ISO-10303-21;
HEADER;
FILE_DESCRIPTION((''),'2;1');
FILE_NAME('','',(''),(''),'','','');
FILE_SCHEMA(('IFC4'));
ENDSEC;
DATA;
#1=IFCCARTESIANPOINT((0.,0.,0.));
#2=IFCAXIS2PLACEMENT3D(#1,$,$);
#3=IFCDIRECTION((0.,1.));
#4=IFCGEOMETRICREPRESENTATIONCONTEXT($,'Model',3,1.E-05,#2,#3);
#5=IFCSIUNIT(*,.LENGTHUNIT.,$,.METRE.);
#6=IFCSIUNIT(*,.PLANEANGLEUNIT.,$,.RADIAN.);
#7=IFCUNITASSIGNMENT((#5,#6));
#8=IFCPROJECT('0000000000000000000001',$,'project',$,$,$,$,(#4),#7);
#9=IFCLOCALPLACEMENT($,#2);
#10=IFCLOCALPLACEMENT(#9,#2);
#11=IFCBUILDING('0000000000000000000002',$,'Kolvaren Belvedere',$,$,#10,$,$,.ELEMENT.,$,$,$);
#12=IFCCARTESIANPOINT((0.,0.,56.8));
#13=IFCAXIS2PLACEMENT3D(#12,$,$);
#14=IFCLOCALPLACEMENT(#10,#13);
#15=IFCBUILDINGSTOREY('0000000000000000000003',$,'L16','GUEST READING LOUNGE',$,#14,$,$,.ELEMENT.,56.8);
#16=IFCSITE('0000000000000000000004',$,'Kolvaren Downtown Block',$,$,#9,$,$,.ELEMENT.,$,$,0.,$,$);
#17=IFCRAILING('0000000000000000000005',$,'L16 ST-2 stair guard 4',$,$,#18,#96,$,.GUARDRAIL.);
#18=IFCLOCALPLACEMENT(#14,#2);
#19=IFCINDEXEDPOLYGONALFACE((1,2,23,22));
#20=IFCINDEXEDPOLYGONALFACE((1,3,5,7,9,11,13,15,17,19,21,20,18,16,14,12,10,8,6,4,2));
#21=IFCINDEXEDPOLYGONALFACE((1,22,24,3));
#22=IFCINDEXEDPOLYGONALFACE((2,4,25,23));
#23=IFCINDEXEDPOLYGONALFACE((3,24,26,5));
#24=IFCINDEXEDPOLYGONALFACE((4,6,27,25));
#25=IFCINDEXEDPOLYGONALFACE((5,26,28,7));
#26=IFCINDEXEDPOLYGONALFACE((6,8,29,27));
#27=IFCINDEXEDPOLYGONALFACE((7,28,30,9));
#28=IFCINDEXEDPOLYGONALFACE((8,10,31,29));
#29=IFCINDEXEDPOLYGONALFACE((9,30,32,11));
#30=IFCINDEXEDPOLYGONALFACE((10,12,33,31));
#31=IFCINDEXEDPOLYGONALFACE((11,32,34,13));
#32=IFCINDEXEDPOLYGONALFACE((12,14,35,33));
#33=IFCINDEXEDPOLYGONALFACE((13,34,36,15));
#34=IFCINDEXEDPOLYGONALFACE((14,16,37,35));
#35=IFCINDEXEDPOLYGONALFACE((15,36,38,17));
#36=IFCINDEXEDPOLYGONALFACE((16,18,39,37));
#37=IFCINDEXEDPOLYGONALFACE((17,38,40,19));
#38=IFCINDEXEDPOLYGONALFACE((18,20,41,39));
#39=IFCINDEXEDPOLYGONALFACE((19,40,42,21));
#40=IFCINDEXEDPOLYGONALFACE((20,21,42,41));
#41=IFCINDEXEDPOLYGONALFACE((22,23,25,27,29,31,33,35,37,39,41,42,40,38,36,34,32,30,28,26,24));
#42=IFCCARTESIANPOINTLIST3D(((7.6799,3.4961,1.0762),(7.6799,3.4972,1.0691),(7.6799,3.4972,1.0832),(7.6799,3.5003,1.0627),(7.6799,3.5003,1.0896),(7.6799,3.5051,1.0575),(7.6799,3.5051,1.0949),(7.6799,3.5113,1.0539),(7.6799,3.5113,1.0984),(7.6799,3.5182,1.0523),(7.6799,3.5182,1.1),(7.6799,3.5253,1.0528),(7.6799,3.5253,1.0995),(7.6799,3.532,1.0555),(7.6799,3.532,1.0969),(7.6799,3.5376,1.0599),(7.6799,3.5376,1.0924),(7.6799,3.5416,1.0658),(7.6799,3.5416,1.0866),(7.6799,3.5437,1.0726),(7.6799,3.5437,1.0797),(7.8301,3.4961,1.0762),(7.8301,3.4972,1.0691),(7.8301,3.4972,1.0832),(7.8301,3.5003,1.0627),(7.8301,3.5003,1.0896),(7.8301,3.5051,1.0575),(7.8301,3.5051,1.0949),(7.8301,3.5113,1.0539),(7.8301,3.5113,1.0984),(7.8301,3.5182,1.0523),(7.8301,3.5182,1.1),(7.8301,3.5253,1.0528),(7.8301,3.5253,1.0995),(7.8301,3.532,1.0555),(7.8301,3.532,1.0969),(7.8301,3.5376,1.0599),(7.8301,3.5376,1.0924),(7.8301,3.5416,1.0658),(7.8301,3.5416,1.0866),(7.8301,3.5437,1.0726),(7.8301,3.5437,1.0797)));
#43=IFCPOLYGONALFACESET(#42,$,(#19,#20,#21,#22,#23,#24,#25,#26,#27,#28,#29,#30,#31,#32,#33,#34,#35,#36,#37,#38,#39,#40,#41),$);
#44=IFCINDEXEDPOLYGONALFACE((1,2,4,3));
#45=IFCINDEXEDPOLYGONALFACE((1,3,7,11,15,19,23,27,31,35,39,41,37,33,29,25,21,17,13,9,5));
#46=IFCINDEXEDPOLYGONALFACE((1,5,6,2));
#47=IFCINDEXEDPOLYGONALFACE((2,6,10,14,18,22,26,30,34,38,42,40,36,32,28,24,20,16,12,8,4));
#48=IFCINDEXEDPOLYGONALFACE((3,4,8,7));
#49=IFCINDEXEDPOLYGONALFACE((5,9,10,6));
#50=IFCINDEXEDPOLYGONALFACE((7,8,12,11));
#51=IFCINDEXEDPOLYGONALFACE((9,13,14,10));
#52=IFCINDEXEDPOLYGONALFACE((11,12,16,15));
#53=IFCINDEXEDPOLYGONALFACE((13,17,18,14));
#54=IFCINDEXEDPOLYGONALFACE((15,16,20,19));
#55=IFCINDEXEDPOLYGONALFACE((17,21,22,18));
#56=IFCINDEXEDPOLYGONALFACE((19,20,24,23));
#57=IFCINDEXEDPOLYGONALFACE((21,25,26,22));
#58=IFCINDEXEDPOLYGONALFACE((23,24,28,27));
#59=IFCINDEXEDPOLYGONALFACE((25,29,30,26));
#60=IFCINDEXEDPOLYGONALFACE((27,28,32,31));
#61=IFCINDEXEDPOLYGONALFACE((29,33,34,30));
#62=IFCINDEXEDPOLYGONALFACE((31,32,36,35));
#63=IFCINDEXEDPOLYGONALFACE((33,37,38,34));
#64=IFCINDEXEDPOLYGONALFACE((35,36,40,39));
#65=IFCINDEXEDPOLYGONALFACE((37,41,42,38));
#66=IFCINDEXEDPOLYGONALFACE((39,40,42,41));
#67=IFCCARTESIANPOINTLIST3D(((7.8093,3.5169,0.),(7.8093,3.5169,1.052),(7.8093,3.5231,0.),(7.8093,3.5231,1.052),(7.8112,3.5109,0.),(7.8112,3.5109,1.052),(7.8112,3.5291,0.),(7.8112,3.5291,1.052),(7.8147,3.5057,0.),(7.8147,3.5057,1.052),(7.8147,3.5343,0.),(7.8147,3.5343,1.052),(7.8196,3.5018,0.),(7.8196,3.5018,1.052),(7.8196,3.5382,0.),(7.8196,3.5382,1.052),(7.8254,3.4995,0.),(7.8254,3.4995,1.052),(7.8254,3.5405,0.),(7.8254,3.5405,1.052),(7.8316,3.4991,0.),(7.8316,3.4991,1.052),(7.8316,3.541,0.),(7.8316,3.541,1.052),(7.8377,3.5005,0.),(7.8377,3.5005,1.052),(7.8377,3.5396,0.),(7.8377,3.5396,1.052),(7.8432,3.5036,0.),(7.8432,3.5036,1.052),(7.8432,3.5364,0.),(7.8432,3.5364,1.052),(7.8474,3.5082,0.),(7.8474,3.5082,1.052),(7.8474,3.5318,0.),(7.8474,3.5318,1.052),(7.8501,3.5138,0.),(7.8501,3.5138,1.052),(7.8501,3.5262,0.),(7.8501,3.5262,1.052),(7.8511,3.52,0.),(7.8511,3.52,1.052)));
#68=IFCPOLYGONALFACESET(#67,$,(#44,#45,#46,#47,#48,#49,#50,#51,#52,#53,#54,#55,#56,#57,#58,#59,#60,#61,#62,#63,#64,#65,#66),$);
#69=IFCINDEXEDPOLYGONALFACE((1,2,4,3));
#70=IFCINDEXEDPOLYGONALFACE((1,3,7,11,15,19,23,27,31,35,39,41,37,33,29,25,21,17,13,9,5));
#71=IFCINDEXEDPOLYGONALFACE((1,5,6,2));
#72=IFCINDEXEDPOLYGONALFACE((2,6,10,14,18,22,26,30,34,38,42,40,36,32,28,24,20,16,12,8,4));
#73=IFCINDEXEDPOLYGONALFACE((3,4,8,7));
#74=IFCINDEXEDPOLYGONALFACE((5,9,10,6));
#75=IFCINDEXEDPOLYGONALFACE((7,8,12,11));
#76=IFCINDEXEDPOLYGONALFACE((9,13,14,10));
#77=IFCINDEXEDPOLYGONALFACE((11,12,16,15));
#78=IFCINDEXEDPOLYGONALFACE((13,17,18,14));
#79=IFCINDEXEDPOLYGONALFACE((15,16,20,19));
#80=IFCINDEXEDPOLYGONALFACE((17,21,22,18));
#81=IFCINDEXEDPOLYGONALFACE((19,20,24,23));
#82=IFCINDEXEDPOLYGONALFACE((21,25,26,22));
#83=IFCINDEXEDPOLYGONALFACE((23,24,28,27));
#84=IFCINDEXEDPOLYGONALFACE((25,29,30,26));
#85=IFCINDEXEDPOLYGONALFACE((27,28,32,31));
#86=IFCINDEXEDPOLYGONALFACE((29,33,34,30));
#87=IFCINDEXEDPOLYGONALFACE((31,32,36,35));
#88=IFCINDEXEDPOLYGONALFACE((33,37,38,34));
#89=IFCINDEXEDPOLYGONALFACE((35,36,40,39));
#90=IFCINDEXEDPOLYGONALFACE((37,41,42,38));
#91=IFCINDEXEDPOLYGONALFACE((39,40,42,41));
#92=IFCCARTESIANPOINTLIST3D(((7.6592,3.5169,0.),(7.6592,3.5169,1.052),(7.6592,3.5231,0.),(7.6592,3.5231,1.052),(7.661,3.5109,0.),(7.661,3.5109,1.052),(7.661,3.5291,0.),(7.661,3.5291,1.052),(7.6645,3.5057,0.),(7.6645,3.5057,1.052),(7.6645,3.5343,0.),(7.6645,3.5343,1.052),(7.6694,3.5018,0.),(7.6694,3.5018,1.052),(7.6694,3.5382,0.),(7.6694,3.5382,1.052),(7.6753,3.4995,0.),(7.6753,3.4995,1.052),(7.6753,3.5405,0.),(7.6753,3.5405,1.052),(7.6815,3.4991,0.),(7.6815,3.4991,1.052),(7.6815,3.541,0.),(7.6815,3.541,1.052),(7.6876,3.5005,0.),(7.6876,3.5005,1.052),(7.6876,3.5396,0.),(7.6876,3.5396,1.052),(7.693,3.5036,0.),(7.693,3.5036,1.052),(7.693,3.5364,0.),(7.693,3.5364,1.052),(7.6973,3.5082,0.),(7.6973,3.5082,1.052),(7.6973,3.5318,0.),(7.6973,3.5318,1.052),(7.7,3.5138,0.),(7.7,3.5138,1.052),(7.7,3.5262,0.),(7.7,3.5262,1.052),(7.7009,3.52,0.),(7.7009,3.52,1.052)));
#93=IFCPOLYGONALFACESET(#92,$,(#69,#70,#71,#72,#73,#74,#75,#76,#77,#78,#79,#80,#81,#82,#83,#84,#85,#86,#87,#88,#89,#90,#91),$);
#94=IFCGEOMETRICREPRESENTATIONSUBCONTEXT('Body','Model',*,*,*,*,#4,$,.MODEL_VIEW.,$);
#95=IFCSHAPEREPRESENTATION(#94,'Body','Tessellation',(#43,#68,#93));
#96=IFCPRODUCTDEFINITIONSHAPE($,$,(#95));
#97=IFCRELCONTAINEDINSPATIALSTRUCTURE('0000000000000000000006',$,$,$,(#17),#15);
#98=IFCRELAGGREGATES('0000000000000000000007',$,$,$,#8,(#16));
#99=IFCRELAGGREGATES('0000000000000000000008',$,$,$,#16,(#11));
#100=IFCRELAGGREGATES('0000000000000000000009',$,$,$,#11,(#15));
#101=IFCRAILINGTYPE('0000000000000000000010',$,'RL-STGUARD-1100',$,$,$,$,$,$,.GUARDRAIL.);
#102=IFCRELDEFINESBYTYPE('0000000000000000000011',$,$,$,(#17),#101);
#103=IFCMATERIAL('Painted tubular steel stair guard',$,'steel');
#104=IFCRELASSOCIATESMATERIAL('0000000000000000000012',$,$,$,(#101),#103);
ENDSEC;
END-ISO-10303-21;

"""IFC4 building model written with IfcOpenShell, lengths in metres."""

from ifc_helpers import new_model, si_unit, direction, frame, origin, origin_2d, place, context, subcontext, project, spatial, circle, extrude, material, type_object, element, save


model = new_model("IFC4")

# Units and contexts
model_context = context("Model", 3, precision=1e-05, world=origin(), true_north=direction((0.0, 1.0)))
body_context = subcontext(model_context, "Body", "Model", "MODEL_VIEW")
ifc_project = project(units=[si_unit("LENGTHUNIT", "METRE"), si_unit("PLANEANGLEUNIT", "RADIAN")], contexts=[model_context])

# Site, building, storey
site_placement = place(None, origin())
site = spatial("IfcSite", under=ifc_project, at=site_placement, Name="Kolvaren Downtown Block", CompositionType="ELEMENT", RefElevation=0.0)
building_placement = place(site_placement, origin())
building = spatial("IfcBuilding", under=site, at=building_placement, Name="Kolvaren Belvedere", CompositionType="ELEMENT")
storey_placement = place(building_placement, frame((0.0, 0.0, 56.8)))
storey = spatial("IfcBuildingStorey", under=building, at=storey_placement, Name="L16", Description="GUEST READING LOUNGE", CompositionType="ELEMENT", Elevation=56.8)

# Railing
ifc_material_1 = material(Name="Painted tubular steel stair guard", Category="steel")
railing_type_1 = type_object("IfcRailingType", Name="RL-STGUARD-1100", PredefinedType="GUARDRAIL", material=ifc_material_1)
railing_1_placement = place(storey_placement, frame((7.8301, 3.52, 0.0)))
element("IfcRailing", 1, at=railing_1_placement, inside=storey, type_object=railing_type_1, Name="L16 ST-2 stair guard 4", PredefinedType="GUARDRAIL", context=body_context, shape_type="SweptSolid", body=[
    extrude(circle(Radius=0.0239, at=origin_2d()), frame((0.0, 0.0, 1.0762), z_axis=(-1.0, 0.0, 0.0), x_axis=(0.0, -1.0, 0.0)), (0.0, 0.0, 1.0), 0.1501),
    extrude(circle(Radius=0.021, at=origin_2d()), origin(), (0.0, 0.0, 1.0), 1.052),
    extrude(circle(Radius=0.021, at=origin_2d()), frame((-0.1501, 0.0, 0.0)), (0.0, 0.0, 1.0), 1.052),
])

save(model, "model.ifc")
